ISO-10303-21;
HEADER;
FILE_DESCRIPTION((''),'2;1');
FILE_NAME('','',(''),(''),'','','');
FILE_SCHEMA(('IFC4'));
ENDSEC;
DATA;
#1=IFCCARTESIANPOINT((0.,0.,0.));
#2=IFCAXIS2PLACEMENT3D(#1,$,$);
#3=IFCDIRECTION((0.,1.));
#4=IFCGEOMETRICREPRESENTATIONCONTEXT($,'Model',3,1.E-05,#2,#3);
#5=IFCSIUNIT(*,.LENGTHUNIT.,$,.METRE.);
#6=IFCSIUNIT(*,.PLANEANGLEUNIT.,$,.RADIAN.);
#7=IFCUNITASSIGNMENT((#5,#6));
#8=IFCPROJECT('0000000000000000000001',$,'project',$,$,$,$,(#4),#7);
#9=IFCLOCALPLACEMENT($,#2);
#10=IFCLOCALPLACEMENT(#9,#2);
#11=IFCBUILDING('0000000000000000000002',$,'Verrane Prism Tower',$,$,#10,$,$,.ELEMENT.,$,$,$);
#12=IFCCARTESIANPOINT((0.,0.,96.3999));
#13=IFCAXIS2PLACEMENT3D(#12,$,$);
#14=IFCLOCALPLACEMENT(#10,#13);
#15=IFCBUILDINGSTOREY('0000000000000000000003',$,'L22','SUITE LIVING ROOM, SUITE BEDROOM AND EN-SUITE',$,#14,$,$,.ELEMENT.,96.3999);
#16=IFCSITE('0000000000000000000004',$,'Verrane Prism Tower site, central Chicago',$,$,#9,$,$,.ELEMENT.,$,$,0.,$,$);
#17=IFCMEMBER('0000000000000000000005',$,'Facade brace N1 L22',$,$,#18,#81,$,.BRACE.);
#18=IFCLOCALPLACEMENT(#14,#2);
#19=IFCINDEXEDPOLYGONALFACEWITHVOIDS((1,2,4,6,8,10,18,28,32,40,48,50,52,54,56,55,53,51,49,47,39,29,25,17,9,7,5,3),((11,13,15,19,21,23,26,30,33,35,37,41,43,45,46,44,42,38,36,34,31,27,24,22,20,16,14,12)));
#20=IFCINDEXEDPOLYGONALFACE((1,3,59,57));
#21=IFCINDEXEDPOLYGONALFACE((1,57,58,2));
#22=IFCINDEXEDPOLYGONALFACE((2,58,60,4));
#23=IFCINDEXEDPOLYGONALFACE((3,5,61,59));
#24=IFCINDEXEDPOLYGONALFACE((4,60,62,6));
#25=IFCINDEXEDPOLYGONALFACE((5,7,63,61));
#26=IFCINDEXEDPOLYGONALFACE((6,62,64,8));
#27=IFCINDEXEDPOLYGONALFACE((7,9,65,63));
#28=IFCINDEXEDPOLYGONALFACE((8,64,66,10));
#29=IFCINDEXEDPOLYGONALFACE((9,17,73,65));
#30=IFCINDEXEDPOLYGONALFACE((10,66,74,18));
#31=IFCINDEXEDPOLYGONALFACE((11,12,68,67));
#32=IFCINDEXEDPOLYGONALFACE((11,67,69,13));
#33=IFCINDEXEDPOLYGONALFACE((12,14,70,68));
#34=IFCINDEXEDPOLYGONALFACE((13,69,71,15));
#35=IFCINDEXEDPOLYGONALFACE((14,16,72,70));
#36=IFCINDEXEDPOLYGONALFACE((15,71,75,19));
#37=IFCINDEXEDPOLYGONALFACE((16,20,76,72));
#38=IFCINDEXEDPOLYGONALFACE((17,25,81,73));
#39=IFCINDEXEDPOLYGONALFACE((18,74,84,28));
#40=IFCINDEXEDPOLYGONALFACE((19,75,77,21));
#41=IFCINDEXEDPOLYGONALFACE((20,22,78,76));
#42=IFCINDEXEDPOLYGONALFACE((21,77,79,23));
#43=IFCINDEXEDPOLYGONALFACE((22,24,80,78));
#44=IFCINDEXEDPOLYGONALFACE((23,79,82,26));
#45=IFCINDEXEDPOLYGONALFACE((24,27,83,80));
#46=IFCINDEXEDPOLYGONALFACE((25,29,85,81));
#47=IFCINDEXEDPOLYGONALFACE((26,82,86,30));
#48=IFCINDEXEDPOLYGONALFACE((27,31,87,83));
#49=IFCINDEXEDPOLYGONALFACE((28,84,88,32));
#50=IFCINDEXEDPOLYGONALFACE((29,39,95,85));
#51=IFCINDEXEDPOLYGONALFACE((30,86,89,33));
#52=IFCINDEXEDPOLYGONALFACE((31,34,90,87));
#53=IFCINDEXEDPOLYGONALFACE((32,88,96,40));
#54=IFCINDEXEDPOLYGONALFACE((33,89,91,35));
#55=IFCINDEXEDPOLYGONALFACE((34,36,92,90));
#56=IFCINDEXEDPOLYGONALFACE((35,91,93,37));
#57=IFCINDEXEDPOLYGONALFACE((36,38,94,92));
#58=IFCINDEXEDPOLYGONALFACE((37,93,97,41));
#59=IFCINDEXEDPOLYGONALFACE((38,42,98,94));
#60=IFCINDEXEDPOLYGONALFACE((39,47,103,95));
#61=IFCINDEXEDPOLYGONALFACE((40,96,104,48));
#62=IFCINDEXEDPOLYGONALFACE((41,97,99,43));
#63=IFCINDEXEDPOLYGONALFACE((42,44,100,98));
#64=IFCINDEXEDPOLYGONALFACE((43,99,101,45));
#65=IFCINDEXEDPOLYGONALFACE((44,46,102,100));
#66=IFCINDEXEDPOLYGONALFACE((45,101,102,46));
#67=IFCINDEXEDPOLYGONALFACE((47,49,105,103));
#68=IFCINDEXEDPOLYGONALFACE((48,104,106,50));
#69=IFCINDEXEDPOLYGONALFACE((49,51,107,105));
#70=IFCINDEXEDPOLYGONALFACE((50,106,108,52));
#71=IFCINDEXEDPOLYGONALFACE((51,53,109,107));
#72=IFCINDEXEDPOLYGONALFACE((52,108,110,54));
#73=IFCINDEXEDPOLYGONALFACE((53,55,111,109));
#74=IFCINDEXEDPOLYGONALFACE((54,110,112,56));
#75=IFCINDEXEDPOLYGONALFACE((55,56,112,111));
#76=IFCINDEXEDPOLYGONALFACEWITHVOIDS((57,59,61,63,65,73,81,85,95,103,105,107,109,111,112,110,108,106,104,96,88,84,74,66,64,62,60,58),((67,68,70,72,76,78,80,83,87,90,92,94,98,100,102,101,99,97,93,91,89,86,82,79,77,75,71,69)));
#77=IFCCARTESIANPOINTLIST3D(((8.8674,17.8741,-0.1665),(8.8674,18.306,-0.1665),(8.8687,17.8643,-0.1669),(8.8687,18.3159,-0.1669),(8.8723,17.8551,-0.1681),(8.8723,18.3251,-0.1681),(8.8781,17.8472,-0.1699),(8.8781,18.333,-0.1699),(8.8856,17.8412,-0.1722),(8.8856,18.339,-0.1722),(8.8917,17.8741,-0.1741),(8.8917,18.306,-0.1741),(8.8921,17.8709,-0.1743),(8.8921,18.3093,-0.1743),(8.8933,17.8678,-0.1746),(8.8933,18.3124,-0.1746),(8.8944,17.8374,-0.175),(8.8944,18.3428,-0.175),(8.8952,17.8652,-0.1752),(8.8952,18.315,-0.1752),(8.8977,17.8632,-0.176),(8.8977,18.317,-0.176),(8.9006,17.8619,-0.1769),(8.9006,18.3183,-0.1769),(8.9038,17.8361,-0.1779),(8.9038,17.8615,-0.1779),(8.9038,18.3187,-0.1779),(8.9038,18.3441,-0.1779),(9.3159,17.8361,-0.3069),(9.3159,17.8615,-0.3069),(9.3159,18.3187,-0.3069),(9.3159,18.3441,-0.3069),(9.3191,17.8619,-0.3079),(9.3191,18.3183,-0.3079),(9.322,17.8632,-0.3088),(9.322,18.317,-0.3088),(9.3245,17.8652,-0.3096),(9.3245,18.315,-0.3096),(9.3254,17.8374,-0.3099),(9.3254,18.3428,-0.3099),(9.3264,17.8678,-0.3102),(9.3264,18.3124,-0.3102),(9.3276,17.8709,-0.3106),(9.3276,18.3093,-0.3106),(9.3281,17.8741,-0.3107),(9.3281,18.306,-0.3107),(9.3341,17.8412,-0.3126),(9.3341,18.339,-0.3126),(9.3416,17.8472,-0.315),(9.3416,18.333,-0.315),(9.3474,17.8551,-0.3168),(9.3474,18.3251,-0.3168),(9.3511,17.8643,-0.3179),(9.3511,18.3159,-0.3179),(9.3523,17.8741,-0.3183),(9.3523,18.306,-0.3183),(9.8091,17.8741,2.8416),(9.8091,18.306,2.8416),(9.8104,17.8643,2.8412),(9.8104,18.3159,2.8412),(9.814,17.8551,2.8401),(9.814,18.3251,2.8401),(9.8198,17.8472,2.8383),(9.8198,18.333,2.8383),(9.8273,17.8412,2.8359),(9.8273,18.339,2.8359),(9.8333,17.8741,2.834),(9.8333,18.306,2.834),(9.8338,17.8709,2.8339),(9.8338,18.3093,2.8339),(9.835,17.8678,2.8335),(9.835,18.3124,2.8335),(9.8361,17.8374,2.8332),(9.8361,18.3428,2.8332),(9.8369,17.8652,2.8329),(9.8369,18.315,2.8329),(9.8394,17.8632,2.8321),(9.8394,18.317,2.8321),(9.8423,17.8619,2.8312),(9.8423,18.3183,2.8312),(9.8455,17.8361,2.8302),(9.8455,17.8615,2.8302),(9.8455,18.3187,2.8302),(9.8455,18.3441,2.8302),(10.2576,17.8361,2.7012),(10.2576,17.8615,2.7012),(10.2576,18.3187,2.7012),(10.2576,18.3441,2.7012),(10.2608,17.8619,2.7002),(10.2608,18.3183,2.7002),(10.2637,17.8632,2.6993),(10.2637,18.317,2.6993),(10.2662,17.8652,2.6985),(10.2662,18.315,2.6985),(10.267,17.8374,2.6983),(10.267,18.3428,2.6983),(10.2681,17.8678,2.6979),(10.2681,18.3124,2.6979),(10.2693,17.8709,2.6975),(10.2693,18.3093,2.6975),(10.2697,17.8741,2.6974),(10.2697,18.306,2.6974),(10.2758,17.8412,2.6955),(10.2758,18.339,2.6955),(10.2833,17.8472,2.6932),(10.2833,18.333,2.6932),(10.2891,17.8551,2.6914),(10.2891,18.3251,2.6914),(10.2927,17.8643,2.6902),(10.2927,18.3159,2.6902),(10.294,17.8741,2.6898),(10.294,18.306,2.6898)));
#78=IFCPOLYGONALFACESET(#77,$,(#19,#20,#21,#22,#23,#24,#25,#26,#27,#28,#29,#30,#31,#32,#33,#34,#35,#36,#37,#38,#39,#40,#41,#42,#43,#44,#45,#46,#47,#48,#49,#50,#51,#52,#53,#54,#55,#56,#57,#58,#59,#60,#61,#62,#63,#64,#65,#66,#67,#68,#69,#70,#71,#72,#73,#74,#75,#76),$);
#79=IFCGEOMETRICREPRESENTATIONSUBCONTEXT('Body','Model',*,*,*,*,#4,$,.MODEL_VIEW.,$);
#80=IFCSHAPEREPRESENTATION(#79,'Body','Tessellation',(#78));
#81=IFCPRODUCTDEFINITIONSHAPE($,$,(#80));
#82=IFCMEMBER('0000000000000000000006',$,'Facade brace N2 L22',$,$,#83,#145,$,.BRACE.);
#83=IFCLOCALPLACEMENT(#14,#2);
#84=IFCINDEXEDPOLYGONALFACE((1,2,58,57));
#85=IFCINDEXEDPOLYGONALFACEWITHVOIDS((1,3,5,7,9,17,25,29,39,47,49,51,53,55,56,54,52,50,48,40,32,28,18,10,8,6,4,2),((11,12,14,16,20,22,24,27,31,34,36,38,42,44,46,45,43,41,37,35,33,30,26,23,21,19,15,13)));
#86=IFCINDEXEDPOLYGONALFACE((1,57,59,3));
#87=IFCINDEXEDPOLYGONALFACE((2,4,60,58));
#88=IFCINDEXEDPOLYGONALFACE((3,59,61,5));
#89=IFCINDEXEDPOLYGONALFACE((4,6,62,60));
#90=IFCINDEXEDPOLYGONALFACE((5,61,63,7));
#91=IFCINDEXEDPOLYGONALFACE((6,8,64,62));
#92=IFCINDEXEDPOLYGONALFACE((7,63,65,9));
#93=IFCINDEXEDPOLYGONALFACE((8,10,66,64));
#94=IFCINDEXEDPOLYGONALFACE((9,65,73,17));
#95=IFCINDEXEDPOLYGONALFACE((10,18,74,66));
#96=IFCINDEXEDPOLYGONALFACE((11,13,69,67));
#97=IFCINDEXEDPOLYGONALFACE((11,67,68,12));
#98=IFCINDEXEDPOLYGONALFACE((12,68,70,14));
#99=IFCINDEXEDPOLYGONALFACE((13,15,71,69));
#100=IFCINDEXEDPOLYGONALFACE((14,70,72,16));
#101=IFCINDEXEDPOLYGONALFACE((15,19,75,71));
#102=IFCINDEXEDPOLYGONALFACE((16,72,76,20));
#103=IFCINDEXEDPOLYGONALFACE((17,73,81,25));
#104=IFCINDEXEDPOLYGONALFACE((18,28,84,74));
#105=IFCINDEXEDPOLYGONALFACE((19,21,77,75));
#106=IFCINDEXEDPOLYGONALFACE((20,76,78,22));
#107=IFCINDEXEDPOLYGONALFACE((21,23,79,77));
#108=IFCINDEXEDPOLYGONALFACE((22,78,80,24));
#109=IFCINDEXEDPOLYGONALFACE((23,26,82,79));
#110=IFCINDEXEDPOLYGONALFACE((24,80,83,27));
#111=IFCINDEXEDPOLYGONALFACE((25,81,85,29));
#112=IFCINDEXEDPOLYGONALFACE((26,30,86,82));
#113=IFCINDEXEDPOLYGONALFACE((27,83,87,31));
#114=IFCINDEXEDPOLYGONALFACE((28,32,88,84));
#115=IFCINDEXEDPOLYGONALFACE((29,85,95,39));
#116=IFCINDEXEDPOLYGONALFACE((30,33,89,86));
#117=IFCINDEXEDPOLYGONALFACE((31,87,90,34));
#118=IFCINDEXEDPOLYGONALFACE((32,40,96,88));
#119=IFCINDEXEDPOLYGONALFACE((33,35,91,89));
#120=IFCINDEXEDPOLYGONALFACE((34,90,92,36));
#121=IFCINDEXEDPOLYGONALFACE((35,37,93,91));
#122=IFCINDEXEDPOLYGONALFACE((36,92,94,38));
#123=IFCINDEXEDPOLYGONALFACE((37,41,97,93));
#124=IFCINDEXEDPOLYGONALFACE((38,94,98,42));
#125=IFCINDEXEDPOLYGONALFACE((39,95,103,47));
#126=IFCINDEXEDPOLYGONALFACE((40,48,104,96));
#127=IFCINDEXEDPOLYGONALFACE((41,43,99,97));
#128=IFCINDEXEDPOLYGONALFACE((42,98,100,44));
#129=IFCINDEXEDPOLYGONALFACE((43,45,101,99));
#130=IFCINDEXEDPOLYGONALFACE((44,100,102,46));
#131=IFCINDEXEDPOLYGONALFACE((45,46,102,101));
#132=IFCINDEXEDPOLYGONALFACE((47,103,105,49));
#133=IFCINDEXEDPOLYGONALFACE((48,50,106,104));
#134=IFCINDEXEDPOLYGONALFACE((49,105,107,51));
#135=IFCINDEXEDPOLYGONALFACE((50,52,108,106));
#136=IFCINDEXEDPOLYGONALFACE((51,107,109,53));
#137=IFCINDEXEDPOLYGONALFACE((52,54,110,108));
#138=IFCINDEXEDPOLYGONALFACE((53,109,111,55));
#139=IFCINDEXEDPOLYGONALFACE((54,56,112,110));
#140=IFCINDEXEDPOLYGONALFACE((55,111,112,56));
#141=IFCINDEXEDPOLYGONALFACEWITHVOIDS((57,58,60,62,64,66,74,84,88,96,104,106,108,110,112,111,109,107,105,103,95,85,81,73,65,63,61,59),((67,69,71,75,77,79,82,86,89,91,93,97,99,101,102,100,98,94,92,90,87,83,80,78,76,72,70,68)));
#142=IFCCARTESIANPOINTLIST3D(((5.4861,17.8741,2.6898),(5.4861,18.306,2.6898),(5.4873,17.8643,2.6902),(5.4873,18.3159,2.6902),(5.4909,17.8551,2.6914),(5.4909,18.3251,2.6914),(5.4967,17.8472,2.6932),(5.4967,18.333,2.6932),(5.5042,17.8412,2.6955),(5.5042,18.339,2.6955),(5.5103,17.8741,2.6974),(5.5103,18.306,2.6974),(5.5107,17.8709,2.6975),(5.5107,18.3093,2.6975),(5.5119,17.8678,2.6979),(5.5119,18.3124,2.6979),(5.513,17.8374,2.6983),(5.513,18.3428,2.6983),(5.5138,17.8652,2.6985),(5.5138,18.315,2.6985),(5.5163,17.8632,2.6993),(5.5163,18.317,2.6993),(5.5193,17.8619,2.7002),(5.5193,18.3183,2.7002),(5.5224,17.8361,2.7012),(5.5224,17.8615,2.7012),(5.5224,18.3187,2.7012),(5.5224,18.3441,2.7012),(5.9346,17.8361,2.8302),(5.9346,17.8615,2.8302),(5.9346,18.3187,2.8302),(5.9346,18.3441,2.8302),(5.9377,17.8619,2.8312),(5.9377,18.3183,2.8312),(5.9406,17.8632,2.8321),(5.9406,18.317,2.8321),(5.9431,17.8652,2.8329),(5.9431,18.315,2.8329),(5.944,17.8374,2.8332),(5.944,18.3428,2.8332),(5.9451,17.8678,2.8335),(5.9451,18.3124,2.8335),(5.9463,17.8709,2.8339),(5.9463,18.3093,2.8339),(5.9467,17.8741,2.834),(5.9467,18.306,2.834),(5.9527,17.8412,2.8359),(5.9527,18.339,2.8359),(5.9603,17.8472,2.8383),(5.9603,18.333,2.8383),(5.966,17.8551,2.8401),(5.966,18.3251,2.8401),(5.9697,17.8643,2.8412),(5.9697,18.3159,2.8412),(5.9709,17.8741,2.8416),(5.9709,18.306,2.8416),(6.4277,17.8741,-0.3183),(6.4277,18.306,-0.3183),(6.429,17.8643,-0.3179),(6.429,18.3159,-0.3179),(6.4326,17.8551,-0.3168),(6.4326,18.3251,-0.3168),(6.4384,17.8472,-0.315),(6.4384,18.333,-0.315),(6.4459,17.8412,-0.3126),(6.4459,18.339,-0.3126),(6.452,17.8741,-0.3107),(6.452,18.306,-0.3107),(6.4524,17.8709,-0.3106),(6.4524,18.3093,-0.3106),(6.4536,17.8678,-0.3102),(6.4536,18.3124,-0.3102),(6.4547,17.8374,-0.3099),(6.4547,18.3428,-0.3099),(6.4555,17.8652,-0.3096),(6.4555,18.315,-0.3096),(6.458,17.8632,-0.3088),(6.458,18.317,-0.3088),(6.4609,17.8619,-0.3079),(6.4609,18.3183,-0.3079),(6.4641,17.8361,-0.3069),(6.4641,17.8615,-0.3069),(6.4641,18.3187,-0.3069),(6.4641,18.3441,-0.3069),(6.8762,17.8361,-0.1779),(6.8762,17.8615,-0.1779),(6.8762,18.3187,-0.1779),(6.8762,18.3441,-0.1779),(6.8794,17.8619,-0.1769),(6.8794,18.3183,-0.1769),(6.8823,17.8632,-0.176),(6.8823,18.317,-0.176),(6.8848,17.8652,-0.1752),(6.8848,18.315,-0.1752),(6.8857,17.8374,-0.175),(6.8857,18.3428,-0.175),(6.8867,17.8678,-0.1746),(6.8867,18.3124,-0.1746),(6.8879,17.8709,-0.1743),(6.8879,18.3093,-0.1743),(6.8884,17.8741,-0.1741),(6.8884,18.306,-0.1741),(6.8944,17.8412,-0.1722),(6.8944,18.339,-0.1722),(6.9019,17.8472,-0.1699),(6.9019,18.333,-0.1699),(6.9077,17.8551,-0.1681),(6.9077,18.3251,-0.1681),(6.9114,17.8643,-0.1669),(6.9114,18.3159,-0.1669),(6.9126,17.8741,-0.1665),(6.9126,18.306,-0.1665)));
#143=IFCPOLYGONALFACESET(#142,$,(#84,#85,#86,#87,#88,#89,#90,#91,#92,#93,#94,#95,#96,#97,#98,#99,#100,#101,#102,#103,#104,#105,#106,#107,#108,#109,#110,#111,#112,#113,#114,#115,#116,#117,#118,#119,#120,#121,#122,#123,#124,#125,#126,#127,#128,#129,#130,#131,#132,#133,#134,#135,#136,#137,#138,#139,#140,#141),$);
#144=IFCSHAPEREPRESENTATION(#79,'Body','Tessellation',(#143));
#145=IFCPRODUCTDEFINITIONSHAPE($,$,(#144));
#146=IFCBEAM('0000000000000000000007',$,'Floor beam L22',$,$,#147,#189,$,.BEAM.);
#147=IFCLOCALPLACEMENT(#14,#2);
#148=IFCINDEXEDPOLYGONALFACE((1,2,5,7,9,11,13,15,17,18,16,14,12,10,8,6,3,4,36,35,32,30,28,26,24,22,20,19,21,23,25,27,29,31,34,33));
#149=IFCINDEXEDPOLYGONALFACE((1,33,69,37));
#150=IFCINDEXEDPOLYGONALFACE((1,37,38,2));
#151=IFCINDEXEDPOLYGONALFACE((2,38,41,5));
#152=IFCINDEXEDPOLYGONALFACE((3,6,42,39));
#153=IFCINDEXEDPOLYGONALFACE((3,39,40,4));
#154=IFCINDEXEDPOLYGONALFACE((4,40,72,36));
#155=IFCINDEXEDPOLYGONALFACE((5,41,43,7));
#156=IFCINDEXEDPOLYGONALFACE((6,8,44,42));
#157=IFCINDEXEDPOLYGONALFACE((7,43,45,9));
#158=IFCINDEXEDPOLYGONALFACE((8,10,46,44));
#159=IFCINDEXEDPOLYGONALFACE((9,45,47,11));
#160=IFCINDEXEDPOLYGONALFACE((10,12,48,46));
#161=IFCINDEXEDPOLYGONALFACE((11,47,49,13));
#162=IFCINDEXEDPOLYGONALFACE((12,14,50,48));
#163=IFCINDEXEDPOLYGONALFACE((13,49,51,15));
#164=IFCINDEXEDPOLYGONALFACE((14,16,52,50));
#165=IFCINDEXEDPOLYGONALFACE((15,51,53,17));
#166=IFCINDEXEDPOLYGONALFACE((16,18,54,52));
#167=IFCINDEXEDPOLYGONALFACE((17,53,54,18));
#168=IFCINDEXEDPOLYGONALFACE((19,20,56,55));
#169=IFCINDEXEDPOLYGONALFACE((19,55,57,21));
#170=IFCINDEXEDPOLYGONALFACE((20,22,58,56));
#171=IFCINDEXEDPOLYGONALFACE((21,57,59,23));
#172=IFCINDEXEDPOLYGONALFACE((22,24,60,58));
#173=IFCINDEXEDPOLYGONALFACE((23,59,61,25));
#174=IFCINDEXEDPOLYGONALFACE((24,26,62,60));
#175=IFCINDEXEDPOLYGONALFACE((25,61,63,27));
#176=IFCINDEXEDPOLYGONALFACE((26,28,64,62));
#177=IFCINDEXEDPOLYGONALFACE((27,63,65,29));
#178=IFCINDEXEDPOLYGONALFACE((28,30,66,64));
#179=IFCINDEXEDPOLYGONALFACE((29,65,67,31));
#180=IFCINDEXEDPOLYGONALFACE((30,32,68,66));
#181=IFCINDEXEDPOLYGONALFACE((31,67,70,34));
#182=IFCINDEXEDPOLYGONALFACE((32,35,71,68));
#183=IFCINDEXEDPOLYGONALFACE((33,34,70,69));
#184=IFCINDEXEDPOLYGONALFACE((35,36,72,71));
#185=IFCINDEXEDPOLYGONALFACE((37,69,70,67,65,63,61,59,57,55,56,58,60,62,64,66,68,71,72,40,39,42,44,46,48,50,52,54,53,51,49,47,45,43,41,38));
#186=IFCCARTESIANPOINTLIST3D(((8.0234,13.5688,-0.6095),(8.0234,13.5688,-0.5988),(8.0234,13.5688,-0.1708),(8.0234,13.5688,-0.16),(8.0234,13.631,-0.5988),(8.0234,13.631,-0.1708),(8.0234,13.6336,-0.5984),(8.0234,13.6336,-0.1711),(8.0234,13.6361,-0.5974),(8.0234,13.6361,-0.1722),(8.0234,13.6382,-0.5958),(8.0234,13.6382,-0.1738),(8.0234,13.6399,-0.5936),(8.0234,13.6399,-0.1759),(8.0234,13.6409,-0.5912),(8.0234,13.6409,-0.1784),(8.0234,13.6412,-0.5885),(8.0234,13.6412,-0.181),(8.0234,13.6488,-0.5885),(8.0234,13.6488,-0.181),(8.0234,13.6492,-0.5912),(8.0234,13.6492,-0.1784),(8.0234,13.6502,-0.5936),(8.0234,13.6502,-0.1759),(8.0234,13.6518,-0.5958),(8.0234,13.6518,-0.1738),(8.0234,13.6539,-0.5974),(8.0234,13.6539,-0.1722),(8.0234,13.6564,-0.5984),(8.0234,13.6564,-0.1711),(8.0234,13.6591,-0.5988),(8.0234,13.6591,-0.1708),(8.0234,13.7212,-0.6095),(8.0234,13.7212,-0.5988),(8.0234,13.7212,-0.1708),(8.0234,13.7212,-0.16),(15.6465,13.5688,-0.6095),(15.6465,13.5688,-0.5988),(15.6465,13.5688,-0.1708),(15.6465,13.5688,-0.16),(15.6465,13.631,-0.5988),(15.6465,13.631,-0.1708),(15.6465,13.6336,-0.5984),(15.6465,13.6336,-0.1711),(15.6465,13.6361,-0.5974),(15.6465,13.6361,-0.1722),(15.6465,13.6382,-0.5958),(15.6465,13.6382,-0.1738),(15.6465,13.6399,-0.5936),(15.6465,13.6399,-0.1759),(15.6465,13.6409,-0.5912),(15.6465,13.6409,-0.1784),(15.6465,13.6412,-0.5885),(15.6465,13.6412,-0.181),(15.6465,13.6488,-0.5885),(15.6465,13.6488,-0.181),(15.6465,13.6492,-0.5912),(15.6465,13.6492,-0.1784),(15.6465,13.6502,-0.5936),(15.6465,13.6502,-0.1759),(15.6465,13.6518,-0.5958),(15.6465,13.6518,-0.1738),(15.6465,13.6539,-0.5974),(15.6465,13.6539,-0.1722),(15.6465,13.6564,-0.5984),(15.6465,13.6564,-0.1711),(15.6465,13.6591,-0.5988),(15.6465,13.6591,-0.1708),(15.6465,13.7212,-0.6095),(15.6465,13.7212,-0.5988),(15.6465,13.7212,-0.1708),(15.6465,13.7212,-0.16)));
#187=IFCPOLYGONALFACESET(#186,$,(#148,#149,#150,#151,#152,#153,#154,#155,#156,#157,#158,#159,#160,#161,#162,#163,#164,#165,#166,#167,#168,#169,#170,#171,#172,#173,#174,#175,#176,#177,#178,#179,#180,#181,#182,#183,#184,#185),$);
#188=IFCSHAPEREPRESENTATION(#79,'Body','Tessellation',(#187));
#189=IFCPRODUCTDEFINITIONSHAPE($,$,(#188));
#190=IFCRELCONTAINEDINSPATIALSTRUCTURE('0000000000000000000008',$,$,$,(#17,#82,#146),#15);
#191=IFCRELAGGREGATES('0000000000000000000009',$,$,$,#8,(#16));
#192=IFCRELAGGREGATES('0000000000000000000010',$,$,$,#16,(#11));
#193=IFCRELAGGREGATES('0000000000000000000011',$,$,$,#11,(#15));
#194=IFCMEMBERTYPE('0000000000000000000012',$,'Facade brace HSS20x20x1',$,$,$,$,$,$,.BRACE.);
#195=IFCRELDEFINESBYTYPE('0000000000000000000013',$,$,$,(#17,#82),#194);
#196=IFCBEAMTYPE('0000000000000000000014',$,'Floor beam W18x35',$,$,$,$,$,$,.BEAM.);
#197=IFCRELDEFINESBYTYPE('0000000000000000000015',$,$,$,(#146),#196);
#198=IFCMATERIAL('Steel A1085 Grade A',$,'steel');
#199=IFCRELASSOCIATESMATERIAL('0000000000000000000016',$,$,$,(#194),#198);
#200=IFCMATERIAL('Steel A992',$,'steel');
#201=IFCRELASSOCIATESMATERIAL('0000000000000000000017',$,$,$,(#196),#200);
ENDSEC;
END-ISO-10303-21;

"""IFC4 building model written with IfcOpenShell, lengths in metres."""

from ifc_helpers import new_model, si_unit, direction, frame, origin, origin_2d, place, context, subcontext, project, spatial, hollow_rectangle, i_section, extrude, material, material_profile, profile_set, type_object, element, save


model = new_model("IFC4")

# Units and contexts
model_context = context("Model", 3, precision=1e-05, world=origin(), true_north=direction((0.0, 1.0)))
body_context = subcontext(model_context, "Body", "Model", "MODEL_VIEW")
ifc_project = project(units=[si_unit("LENGTHUNIT", "METRE"), si_unit("PLANEANGLEUNIT", "RADIAN")], contexts=[model_context])

# Site, building, storey
site_placement = place(None, origin())
site = spatial("IfcSite", under=ifc_project, at=site_placement, Name="Verrane Prism Tower site, central Chicago", CompositionType="ELEMENT", RefElevation=0.0)
building_placement = place(site_placement, origin())
building = spatial("IfcBuilding", under=site, at=building_placement, Name="Verrane Prism Tower", CompositionType="ELEMENT")
storey_placement = place(building_placement, frame((0.0, 0.0, 96.3999)))
storey = spatial("IfcBuildingStorey", under=building, at=storey_placement, Name="L22", Description="SUITE LIVING ROOM, SUITE BEDROOM AND EN-SUITE", CompositionType="ELEMENT", Elevation=96.3999)

# Members
ifc_material_1 = material(Name="Steel A1085 Grade A", Category="steel")
ifc_material_profile_1 = material_profile(ifc_material_1, hollow_rectangle(XDim=0.5081, YDim=0.5081, WallThickness=0.0254, InnerFilletRadius=0.0127, OuterFilletRadius=0.0381, at=origin_2d()), Name="HSS20x20x1")
ifc_profile_set_1 = profile_set([ifc_material_profile_1], Name="Steel A1085 Grade A")
member_type_1 = type_object("IfcMemberType", Name="Facade brace HSS20x20x1", PredefinedType="BRACE", material=ifc_profile_set_1)
for number, where, z_axis, x_axis, name in (
    (1, (9.1099, 18.0901, -0.2424), (0.298747, 0.0, 0.954332), (0.0, 1.0, 0.0), "Facade brace N1 L22"),
    (2, (6.6702, 18.0901, -0.2424), (-0.298747, 0.0, 0.954332), (0.0, -1.0, 0.0), "Facade brace N2 L22"),
):
    element("IfcMember", number, at=place(storey_placement, frame(where, z_axis=z_axis, x_axis=x_axis)), inside=storey, type_object=member_type_1, Name=name, PredefinedType="BRACE", context=body_context, shape_type="SweptSolid", body=[
        extrude(hollow_rectangle(XDim=0.5081, YDim=0.5081, WallThickness=0.0254, InnerFilletRadius=0.0127, OuterFilletRadius=0.0381, at=origin_2d()), origin(), (0.0, 0.0, 1.0), 3.1521),
    ])

# Beam
ifc_material_2 = material(Name="Steel A992", Category="steel")
ifc_material_profile_2 = material_profile(ifc_material_2, i_section(OverallWidth=0.1523, OverallDepth=0.4495, WebThickness=0.0076, FlangeThickness=0.0107, FilletRadius=0.0103, at=origin_2d()), Name="W18x35")
ifc_profile_set_2 = profile_set([ifc_material_profile_2], Name="Steel A992")
beam_type_1 = type_object("IfcBeamType", Name="Floor beam W18x35", PredefinedType="BEAM", material=ifc_profile_set_2)
for number, where, z_axis, x_axis, name in (
    (3, (8.0234, 13.645, -0.3848), (1.0, 0.0, 0.0), (0.0, 1.0, 0.0), "Floor beam L22"),
):
    element("IfcBeam", number, at=place(storey_placement, frame(where, z_axis=z_axis, x_axis=x_axis)), inside=storey, type_object=beam_type_1, Name=name, PredefinedType="BEAM", context=body_context, shape_type="SweptSolid", body=[
        extrude(i_section(OverallWidth=0.1523, OverallDepth=0.4495, WebThickness=0.0076, FlangeThickness=0.0107, FilletRadius=0.0103, at=origin_2d()), origin(), (0.0, 0.0, 1.0), 7.623),
    ])

save(model, "model.ifc")
